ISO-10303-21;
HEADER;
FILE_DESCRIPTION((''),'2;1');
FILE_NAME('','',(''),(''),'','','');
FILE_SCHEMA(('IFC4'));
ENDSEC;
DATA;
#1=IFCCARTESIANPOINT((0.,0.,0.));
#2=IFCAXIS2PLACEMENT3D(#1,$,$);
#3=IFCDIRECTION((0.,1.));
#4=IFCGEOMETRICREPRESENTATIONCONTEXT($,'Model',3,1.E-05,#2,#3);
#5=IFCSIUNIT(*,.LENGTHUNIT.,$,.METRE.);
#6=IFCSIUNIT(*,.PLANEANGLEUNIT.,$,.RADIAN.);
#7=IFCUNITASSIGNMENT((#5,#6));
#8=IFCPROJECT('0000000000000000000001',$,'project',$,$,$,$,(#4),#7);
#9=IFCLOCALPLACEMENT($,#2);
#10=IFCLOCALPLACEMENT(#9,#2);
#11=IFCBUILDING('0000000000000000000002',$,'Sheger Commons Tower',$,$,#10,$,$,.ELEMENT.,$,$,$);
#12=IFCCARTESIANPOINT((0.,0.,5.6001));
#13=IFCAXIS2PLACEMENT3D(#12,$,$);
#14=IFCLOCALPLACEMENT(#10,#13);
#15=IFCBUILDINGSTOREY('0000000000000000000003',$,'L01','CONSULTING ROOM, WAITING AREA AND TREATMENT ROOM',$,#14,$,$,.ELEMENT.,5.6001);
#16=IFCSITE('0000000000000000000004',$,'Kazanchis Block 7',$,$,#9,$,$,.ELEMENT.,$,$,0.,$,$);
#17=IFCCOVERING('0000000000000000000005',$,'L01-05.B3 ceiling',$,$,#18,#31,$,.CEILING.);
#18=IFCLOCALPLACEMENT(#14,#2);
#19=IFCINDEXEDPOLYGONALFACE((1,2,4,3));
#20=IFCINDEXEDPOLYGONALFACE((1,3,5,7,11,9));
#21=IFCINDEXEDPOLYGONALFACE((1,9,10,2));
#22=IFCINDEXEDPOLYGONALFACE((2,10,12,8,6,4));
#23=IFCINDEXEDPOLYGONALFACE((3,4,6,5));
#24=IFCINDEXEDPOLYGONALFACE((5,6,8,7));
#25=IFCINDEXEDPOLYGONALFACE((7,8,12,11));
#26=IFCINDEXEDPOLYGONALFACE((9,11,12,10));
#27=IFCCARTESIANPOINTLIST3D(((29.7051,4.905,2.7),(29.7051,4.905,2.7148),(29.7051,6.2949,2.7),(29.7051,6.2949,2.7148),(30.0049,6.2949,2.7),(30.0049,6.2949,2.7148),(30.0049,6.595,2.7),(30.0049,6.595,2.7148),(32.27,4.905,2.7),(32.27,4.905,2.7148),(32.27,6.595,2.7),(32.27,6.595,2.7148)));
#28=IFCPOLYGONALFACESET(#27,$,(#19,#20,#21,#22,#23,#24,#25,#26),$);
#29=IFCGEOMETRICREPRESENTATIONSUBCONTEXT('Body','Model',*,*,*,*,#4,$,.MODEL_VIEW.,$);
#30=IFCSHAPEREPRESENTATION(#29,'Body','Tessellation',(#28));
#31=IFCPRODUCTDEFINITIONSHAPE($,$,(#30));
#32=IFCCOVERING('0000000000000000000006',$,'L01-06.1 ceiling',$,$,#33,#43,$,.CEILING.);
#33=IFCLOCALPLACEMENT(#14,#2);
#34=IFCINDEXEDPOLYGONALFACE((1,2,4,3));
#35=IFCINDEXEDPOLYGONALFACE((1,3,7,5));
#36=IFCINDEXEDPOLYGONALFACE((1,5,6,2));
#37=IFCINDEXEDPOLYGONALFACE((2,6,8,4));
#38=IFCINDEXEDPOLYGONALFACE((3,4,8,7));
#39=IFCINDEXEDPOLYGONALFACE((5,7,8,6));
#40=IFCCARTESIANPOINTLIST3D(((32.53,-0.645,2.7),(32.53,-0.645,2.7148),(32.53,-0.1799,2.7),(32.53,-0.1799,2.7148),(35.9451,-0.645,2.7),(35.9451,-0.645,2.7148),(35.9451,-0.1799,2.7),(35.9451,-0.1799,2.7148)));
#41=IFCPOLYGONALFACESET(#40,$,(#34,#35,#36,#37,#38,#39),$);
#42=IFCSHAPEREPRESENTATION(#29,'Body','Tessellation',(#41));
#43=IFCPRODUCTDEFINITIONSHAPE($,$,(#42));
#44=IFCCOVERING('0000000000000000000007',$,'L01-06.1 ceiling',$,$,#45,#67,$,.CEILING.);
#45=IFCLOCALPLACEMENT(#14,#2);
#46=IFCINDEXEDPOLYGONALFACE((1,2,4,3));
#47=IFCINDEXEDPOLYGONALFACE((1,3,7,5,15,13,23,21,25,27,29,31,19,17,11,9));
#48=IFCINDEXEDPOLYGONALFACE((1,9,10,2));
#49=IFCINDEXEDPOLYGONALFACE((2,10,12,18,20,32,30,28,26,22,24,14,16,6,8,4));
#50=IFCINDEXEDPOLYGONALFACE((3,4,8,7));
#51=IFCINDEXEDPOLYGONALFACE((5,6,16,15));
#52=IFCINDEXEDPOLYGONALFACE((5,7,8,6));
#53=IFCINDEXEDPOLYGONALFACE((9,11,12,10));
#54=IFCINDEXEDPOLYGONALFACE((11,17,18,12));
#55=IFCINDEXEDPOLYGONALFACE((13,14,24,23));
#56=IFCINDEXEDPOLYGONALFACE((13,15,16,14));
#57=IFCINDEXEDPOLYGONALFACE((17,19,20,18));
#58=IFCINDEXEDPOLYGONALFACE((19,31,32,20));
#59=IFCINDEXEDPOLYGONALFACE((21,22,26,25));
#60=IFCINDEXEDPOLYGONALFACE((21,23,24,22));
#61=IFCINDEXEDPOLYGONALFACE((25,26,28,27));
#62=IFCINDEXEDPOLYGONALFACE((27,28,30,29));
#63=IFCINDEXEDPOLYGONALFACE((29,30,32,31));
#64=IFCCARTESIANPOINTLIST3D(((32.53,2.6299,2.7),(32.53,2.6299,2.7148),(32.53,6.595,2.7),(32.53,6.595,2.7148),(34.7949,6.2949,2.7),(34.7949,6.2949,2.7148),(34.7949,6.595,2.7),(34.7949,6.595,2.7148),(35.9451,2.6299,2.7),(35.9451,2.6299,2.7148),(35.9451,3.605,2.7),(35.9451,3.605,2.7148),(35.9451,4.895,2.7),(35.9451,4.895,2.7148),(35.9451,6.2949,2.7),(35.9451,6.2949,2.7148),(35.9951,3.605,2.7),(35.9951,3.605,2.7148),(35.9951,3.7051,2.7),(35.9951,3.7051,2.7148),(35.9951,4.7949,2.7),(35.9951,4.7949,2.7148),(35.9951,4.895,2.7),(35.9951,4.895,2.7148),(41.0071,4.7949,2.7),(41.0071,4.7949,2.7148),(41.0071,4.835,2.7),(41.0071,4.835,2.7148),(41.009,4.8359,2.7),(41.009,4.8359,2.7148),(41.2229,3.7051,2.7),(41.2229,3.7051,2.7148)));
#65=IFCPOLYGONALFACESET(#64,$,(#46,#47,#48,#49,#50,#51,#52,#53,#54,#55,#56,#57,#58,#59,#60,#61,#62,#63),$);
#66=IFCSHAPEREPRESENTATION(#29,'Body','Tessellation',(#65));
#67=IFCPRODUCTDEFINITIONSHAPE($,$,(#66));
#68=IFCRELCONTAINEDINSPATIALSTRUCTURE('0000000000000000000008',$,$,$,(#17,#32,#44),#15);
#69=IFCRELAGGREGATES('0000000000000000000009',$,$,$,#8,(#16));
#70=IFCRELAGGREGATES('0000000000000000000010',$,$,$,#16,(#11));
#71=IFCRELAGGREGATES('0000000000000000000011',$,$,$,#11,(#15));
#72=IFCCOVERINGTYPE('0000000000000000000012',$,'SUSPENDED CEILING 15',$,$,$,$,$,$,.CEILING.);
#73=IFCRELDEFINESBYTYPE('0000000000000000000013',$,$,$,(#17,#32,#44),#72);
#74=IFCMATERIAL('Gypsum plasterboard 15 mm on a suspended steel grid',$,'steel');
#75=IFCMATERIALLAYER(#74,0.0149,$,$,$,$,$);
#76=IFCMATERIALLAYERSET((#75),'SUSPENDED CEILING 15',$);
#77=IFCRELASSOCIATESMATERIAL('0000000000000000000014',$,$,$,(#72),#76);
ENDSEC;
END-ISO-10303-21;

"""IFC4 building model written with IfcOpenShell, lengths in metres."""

from ifc_helpers import new_model, si_unit, direction, frame, origin, place, context, subcontext, project, spatial, polyline, outline, extrude, material, layer, layer_set, type_object, element, save


model = new_model("IFC4")

# Units and contexts
model_context = context("Model", 3, precision=1e-05, world=origin(), true_north=direction((0.0, 1.0)))
body_context = subcontext(model_context, "Body", "Model", "MODEL_VIEW")
ifc_project = project(units=[si_unit("LENGTHUNIT", "METRE"), si_unit("PLANEANGLEUNIT", "RADIAN")], contexts=[model_context])

# Site, building, storey
site_placement = place(None, origin())
site = spatial("IfcSite", under=ifc_project, at=site_placement, Name="Kazanchis Block 7", CompositionType="ELEMENT", RefElevation=0.0)
building_placement = place(site_placement, origin())
building = spatial("IfcBuilding", under=site, at=building_placement, Name="Sheger Commons Tower", CompositionType="ELEMENT")
storey_placement = place(building_placement, frame((0.0, 0.0, 5.6001)))
storey = spatial("IfcBuildingStorey", under=building, at=storey_placement, Name="L01", Description="CONSULTING ROOM, WAITING AREA AND TREATMENT ROOM", CompositionType="ELEMENT", Elevation=5.6001)

# Coverings
ifc_material = material(Name="Gypsum plasterboard 15 mm on a suspended steel grid", Category="steel")
ifc_layer = layer(ifc_material, 0.0149)
ifc_layer_set = layer_set([ifc_layer], Name="SUSPENDED CEILING 15")
covering_type = type_object("IfcCoveringType", Name="SUSPENDED CEILING 15", PredefinedType="CEILING", material=ifc_layer_set)
covering_1_placement = place(storey_placement, frame((0.0, 0.0, 2.7)))
element("IfcCovering", 1, at=covering_1_placement, inside=storey, type_object=covering_type, Name="L01-05.B3 ceiling", PredefinedType="CEILING", context=body_context, shape_type="SweptSolid", body=[
    extrude(outline(polyline([(29.7051, 4.905), (32.27, 4.905), (32.27, 6.595), (30.0049, 6.595), (30.0049, 6.2949), (29.7051, 6.2949), (29.7051, 4.905)])), origin(), (0.0, 0.0, 1.0), 0.0149),
])
covering_2_placement = place(storey_placement, frame((0.0, 0.0, 2.7)))
element("IfcCovering", 2, at=covering_2_placement, inside=storey, type_object=covering_type, Name="L01-06.1 ceiling", PredefinedType="CEILING", context=body_context, shape_type="SweptSolid", body=[
    extrude(outline(polyline([(32.53, -0.645), (35.9451, -0.645), (35.9451, -0.1799), (32.53, -0.1799), (32.53, -0.645)])), origin(), (0.0, 0.0, 1.0), 0.0149),
])
covering_3_placement = place(storey_placement, frame((0.0, 0.0, 2.7)))
element("IfcCovering", 3, at=covering_3_placement, inside=storey, type_object=covering_type, Name="L01-06.1 ceiling", PredefinedType="CEILING", context=body_context, shape_type="SweptSolid", body=[
    extrude(outline(polyline([(32.53, 2.6299), (35.9451, 2.6299), (35.9451, 3.605), (35.9951, 3.605), (35.9951, 3.7051), (41.2229, 3.7051), (41.009, 4.8359), (41.0071, 4.835), (41.0071, 4.7949), (35.9951, 4.7949), (35.9951, 4.895), (35.9451, 4.895), (35.9451, 6.2949), (34.7949, 6.2949), (34.7949, 6.595), (32.53, 6.595), (32.53, 2.6299)])), origin(), (0.0, 0.0, 1.0), 0.0149),
])

save(model, "model.ifc")
